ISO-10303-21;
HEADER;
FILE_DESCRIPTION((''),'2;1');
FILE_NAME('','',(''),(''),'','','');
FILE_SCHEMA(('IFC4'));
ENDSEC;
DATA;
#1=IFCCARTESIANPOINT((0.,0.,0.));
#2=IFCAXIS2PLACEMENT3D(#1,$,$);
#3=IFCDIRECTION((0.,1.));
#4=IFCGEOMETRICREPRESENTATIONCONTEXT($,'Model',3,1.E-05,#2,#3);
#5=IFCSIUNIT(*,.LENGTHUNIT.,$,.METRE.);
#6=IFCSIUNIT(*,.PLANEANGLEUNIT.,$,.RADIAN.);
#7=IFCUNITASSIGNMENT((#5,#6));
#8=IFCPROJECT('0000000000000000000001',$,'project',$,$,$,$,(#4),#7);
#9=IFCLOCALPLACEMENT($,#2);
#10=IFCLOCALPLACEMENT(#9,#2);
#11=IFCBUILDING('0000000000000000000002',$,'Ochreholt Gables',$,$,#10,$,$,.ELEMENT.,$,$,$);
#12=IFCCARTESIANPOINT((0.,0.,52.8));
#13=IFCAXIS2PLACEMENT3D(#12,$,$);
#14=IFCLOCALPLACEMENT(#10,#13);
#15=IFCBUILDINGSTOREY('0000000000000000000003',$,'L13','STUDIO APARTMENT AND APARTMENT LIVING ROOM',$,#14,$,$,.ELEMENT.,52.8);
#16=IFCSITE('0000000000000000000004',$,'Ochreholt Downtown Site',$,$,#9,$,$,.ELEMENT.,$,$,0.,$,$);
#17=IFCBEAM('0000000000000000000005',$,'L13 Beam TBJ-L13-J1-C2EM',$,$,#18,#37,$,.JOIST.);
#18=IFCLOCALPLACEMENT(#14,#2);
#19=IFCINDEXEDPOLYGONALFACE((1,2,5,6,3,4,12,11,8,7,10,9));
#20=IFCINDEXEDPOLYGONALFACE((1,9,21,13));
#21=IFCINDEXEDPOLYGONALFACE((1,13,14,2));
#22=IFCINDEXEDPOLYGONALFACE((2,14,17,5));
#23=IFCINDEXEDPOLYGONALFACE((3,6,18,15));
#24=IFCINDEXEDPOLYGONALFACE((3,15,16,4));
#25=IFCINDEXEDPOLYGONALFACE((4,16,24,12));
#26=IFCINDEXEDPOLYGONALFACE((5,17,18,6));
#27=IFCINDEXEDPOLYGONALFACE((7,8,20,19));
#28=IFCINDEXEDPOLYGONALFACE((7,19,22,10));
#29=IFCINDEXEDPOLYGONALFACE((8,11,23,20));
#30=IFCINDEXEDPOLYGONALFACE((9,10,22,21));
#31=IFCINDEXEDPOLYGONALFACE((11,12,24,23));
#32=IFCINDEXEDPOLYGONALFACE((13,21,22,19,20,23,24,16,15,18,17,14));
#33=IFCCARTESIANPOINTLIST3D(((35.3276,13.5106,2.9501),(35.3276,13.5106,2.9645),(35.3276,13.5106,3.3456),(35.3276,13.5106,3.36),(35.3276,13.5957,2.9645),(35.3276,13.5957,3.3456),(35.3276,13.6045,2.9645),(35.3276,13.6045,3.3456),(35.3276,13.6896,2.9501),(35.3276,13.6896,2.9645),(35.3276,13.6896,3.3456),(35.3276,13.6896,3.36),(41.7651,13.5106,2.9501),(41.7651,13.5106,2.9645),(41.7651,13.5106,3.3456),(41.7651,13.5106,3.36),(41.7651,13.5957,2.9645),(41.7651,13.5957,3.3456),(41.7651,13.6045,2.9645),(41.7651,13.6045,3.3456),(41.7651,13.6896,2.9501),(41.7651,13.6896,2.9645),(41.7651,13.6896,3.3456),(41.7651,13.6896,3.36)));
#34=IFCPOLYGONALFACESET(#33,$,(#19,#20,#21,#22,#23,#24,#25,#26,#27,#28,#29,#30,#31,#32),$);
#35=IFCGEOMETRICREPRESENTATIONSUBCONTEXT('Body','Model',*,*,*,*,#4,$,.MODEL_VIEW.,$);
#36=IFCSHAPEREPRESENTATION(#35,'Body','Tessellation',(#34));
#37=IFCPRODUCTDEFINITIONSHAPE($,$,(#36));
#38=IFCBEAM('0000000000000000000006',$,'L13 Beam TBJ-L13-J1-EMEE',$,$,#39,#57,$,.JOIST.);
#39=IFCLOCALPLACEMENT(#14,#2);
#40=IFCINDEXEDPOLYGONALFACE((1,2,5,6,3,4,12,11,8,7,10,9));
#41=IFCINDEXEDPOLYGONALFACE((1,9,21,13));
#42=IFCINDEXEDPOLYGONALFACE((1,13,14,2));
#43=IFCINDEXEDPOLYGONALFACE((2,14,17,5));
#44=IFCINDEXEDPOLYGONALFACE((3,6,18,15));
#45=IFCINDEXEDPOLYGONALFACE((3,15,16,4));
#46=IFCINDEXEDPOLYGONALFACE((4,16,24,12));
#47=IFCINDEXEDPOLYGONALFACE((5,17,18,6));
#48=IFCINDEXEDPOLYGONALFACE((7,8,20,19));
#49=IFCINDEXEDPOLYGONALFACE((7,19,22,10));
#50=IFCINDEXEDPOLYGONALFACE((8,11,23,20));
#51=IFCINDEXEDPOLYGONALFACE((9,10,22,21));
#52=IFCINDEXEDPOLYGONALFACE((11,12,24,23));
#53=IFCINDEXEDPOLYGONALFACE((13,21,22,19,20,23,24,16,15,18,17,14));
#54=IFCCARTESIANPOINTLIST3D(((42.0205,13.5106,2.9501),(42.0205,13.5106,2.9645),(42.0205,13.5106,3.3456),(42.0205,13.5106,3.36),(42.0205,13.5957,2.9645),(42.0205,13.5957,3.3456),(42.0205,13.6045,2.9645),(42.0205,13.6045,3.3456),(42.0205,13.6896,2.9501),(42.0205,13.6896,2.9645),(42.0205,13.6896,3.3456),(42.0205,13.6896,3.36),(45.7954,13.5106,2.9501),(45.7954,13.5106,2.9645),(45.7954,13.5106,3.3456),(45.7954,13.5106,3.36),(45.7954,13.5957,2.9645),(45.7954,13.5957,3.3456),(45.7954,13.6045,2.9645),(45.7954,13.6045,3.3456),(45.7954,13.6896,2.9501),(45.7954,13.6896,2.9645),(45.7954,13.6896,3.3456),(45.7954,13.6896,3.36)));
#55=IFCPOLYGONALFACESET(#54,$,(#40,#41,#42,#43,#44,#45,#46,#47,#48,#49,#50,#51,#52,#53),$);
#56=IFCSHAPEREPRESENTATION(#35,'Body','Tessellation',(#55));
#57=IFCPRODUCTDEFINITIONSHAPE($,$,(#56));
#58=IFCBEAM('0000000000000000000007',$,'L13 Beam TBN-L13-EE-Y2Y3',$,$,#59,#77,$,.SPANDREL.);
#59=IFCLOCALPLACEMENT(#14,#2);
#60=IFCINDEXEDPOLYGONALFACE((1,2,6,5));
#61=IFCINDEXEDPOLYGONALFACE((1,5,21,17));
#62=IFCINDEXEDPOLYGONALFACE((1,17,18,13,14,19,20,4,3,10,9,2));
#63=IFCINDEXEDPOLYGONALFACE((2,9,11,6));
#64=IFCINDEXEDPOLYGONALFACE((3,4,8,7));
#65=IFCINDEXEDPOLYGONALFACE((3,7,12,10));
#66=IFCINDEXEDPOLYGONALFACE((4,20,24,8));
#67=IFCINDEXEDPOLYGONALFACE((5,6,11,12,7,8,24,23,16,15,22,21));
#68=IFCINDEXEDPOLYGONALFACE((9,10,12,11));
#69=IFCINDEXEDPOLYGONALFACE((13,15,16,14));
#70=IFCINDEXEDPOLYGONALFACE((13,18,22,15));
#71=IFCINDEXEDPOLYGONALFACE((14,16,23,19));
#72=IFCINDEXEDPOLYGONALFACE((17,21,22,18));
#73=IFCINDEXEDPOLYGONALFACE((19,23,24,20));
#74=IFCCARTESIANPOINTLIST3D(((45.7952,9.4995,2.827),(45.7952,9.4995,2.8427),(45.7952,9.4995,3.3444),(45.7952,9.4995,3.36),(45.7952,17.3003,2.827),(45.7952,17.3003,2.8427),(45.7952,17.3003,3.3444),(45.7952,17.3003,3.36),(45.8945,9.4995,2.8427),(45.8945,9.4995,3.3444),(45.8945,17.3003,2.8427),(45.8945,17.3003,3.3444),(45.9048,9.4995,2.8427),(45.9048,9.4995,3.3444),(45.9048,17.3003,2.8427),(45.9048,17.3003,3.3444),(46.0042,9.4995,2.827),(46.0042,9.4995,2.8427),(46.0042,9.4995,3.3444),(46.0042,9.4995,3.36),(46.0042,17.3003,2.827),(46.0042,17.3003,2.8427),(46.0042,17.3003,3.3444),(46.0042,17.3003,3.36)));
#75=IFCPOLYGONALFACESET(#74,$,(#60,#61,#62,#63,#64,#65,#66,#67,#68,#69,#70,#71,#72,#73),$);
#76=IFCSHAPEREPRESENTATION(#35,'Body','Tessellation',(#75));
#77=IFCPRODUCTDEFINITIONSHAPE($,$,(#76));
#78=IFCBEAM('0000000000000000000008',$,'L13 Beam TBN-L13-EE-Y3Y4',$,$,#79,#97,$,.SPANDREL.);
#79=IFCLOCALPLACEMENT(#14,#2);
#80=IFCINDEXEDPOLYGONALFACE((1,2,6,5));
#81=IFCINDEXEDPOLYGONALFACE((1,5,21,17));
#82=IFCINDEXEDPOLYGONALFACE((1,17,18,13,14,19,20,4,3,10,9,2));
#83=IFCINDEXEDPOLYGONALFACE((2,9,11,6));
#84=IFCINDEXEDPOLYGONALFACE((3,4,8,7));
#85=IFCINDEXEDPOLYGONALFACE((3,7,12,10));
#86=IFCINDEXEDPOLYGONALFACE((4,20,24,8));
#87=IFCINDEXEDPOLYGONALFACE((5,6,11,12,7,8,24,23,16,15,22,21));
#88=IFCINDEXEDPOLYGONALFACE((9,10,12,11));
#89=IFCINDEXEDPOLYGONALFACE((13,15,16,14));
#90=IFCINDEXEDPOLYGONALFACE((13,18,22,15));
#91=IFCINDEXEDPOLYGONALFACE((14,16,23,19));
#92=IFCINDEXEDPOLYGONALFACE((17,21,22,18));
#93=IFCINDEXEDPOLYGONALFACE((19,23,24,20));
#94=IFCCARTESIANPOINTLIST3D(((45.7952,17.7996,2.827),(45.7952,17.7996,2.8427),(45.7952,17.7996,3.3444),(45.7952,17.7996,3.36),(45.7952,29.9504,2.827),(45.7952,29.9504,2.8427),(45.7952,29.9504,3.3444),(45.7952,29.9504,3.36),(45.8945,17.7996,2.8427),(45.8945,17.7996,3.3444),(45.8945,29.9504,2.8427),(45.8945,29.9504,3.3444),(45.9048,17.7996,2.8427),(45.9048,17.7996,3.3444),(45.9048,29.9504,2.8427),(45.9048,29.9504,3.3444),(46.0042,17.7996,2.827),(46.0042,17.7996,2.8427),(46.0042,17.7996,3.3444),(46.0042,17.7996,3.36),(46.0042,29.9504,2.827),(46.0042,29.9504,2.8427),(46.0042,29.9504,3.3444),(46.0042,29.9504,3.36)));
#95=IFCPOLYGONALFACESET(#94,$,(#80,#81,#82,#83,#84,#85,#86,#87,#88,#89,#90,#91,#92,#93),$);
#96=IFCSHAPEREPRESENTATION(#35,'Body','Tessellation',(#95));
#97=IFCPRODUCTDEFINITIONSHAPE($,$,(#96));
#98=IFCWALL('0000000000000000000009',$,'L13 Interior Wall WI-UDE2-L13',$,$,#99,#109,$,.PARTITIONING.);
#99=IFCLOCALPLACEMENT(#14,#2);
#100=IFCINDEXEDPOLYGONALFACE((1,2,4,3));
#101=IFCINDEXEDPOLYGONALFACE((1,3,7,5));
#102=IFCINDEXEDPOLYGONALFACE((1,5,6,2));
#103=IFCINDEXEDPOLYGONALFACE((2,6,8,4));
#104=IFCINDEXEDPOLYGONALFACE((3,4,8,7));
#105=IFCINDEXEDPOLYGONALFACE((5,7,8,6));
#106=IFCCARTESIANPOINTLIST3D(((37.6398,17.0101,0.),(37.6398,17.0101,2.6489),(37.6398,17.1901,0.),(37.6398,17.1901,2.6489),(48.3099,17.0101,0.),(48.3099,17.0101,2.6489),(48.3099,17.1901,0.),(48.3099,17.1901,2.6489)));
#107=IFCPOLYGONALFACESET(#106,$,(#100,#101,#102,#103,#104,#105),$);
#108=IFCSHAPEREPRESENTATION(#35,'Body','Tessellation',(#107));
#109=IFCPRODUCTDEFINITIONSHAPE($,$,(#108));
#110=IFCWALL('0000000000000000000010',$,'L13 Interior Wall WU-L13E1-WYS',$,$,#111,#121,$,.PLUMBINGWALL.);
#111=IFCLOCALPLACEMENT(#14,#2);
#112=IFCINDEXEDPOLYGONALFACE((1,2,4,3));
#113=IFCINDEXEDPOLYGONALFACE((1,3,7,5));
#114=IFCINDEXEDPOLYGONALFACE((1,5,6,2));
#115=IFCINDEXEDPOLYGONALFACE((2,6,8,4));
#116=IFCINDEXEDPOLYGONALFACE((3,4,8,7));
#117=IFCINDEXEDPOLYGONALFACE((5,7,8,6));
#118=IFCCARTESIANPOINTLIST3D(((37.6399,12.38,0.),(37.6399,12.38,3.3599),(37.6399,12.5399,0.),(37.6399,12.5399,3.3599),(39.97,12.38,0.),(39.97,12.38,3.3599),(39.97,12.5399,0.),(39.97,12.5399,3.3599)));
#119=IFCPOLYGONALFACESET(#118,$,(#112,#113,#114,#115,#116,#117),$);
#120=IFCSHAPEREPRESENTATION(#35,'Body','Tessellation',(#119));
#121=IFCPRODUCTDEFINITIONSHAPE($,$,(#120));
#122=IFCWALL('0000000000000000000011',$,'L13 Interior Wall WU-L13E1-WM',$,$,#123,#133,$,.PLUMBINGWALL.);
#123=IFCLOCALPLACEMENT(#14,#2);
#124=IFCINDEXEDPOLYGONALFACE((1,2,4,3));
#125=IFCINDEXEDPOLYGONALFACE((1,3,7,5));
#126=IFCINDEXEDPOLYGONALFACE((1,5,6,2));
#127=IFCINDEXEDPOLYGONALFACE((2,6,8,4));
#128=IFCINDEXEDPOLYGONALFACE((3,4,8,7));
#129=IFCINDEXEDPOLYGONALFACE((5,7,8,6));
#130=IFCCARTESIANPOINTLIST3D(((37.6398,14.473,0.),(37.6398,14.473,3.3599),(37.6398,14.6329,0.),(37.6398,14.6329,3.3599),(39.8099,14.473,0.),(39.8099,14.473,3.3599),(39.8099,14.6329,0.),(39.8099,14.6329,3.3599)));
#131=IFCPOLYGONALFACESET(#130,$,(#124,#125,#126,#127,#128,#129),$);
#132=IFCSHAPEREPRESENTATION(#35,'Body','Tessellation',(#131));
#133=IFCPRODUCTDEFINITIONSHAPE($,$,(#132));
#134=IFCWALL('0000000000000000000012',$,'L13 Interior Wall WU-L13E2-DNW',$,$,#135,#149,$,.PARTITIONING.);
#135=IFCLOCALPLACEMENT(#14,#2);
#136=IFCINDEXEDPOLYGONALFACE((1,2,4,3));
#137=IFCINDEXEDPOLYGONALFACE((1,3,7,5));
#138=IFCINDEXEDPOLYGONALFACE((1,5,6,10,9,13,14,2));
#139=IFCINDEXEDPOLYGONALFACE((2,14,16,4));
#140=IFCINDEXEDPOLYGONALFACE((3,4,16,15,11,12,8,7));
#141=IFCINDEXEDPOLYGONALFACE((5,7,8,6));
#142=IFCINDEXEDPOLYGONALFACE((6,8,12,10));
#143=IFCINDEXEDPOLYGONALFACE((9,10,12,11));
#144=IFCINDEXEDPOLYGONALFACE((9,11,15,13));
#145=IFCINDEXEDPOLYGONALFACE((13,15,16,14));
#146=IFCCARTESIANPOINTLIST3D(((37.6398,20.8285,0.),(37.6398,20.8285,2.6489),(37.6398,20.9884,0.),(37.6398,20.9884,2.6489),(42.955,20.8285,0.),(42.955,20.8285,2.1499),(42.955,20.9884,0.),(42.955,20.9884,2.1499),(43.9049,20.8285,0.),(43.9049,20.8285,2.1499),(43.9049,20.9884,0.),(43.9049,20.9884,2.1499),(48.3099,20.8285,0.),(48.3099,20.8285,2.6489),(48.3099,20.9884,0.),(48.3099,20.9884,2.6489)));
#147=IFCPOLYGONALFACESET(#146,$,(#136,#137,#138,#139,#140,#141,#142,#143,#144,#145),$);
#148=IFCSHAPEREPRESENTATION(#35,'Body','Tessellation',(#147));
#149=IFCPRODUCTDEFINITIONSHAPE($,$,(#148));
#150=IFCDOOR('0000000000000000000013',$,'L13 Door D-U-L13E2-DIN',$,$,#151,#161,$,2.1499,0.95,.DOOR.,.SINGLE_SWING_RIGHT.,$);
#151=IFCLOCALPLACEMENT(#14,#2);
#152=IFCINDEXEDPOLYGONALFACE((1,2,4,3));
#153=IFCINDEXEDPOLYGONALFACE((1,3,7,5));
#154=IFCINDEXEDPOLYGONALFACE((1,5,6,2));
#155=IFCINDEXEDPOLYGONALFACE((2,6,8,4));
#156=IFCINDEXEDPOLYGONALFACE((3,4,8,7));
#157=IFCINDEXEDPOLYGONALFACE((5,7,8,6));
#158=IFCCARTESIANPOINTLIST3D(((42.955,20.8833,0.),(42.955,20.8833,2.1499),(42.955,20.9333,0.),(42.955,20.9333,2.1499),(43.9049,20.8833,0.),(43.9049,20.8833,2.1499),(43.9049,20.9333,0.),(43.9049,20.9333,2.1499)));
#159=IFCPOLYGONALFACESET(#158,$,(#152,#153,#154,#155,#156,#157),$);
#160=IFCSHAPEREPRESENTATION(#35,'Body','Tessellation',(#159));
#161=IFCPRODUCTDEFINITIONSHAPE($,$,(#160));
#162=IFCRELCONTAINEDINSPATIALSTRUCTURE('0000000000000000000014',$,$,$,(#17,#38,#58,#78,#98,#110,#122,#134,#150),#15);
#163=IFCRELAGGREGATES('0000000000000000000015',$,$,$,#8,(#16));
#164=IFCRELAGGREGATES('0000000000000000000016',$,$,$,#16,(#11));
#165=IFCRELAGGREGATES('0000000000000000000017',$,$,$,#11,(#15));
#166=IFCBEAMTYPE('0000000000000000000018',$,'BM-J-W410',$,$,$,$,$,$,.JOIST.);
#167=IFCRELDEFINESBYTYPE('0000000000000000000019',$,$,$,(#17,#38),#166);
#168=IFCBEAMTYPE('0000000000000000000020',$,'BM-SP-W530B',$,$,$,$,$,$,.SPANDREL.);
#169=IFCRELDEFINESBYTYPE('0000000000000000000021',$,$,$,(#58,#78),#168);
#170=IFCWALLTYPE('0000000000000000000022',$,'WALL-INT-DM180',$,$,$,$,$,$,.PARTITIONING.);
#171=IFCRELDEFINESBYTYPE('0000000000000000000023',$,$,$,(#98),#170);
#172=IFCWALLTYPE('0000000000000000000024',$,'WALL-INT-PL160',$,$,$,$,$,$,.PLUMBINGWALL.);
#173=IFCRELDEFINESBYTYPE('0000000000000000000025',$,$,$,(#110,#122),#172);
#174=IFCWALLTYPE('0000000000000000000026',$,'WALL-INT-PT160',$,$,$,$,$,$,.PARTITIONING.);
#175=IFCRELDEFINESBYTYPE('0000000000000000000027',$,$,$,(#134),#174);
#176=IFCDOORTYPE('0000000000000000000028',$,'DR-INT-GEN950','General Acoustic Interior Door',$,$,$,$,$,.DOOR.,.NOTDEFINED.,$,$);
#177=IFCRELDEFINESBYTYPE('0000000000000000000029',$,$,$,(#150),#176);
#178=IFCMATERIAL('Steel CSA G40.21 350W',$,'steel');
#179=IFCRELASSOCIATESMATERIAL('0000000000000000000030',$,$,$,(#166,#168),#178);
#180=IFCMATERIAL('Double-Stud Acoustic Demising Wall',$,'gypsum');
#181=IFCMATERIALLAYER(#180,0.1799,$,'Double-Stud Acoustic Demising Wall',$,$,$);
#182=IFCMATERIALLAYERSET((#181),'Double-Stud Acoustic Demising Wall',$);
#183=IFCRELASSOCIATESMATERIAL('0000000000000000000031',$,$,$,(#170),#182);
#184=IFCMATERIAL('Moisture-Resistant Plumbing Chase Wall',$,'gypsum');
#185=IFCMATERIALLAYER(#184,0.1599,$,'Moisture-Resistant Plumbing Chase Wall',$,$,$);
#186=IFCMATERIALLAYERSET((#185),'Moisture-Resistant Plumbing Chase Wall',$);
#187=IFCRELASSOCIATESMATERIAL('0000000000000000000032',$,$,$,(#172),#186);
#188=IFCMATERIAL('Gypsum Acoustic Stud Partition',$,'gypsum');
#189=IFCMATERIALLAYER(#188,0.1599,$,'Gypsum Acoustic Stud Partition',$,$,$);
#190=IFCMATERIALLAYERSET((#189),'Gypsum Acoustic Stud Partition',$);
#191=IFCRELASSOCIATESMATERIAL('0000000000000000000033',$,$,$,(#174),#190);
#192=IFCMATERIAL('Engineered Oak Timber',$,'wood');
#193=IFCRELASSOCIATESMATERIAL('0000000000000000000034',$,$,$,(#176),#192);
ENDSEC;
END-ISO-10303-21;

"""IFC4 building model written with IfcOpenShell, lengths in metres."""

from ifc_helpers import new_model, si_unit, direction, frame, frame_2d, origin, origin_2d, place, context, subcontext, project, spatial, rectangle, i_section, extrude, material, layer, layer_set, material_profile, profile_set, type_object, element, fill, save


model = new_model("IFC4")

# Units and contexts
model_context = context("Model", 3, precision=1e-05, world=origin(), true_north=direction((0.0, 1.0)))
body_context = subcontext(model_context, "Body", "Model", "MODEL_VIEW")
ifc_project = project(units=[si_unit("LENGTHUNIT", "METRE"), si_unit("PLANEANGLEUNIT", "RADIAN")], contexts=[model_context])

# Site, building, storey
site_placement = place(None, origin())
site = spatial("IfcSite", under=ifc_project, at=site_placement, Name="Ochreholt Downtown Site", CompositionType="ELEMENT", RefElevation=0.0)
building_placement = place(site_placement, origin())
building = spatial("IfcBuilding", under=site, at=building_placement, Name="Ochreholt Gables", CompositionType="ELEMENT")
storey_placement = place(building_placement, frame((0.0, 0.0, 52.8)))
storey = spatial("IfcBuildingStorey", under=building, at=storey_placement, Name="L13", Description="STUDIO APARTMENT AND APARTMENT LIVING ROOM", CompositionType="ELEMENT", Elevation=52.8)

# Shared definitions
ifc_material_1 = material(Name="Steel CSA G40.21 350W", Category="steel")

# Beams
ifc_material_profile_1 = material_profile(ifc_material_1, i_section(OverallWidth=0.179, OverallDepth=0.4099, WebThickness=0.0088, FlangeThickness=0.0144, at=origin_2d()), Name="W410X67")
ifc_profile_set_1 = profile_set([ifc_material_profile_1], Name="Steel CSA G40.21 350W")
beam_type_1 = type_object("IfcBeamType", Name="BM-J-W410", PredefinedType="JOIST", material=ifc_profile_set_1)
beam_1_placement = place(storey_placement, frame((35.3276, 13.6001, 3.155), z_axis=(1.0, 0.0, 0.0), x_axis=(0.0, 1.0, 0.0)))
element("IfcBeam", 1, at=beam_1_placement, inside=storey, type_object=beam_type_1, Name="L13 Beam TBJ-L13-J1-C2EM", PredefinedType="JOIST", context=body_context, shape_type="SweptSolid", body=[
    extrude(i_section(OverallWidth=0.179, OverallDepth=0.4099, WebThickness=0.0088, FlangeThickness=0.0144, at=origin_2d()), origin(), (0.0, 0.0, 1.0), 6.4375),
])
beam_2_placement = place(storey_placement, frame((42.0205, 13.6001, 3.155), z_axis=(1.0, 0.0, 0.0), x_axis=(0.0, 1.0, 0.0)))
element("IfcBeam", 2, at=beam_2_placement, inside=storey, type_object=beam_type_1, Name="L13 Beam TBJ-L13-J1-EMEE", PredefinedType="JOIST", context=body_context, shape_type="SweptSolid", body=[
    extrude(i_section(OverallWidth=0.179, OverallDepth=0.4099, WebThickness=0.0088, FlangeThickness=0.0144, at=origin_2d()), origin(), (0.0, 0.0, 1.0), 3.7749),
])
ifc_material_profile_2 = material_profile(ifc_material_1, i_section(OverallWidth=0.209, OverallDepth=0.533, WebThickness=0.0103, FlangeThickness=0.0156, at=origin_2d()), Name="W530X92")
ifc_profile_set_2 = profile_set([ifc_material_profile_2], Name="Steel CSA G40.21 350W")
beam_type_2 = type_object("IfcBeamType", Name="BM-SP-W530B", PredefinedType="SPANDREL", material=ifc_profile_set_2)
beam_3_placement = place(storey_placement, frame((45.8997, 9.4995, 3.0935), z_axis=(0.0, 1.0, 0.0), x_axis=(-1.0, 0.0, 0.0)))
element("IfcBeam", 3, at=beam_3_placement, inside=storey, type_object=beam_type_2, Name="L13 Beam TBN-L13-EE-Y2Y3", PredefinedType="SPANDREL", context=body_context, shape_type="SweptSolid", body=[
    extrude(i_section(OverallWidth=0.209, OverallDepth=0.533, WebThickness=0.0103, FlangeThickness=0.0156, at=origin_2d()), origin(), (0.0, 0.0, 1.0), 7.8008),
])
beam_4_placement = place(storey_placement, frame((45.8997, 17.7996, 3.0935), z_axis=(0.0, 1.0, 0.0), x_axis=(-1.0, 0.0, 0.0)))
element("IfcBeam", 4, at=beam_4_placement, inside=storey, type_object=beam_type_2, Name="L13 Beam TBN-L13-EE-Y3Y4", PredefinedType="SPANDREL", context=body_context, shape_type="SweptSolid", body=[
    extrude(i_section(OverallWidth=0.209, OverallDepth=0.533, WebThickness=0.0103, FlangeThickness=0.0156, at=origin_2d()), origin(), (0.0, 0.0, 1.0), 12.1509),
])

# Walls
ifc_material_2 = material(Name="Double-Stud Acoustic Demising Wall", Category="gypsum")
ifc_layer_1 = layer(ifc_material_2, 0.1799, Name="Double-Stud Acoustic Demising Wall")
ifc_layer_set_1 = layer_set([ifc_layer_1], Name="Double-Stud Acoustic Demising Wall")
wall_type_1 = type_object("IfcWallType", Name="WALL-INT-DM180", PredefinedType="PARTITIONING", material=ifc_layer_set_1)
wall_1_placement = place(storey_placement, frame((37.6399, 17.1001, 0.0), z_axis=(0.0, 0.0, 1.0), x_axis=(1.0, 0.0, 0.0)))
element("IfcWall", 5, at=wall_1_placement, inside=storey, type_object=wall_type_1, Name="L13 Interior Wall WI-UDE2-L13", PredefinedType="PARTITIONING", context=body_context, shape_type="SweptSolid", body=[
    extrude(rectangle(XDim=10.6702, YDim=0.1799, at=frame_2d((5.335, 0.0))), origin(), (0.0, 0.0, 1.0), 2.6489),
])
ifc_material_3 = material(Name="Moisture-Resistant Plumbing Chase Wall", Category="gypsum")
ifc_layer_2 = layer(ifc_material_3, 0.1599, Name="Moisture-Resistant Plumbing Chase Wall")
ifc_layer_set_2 = layer_set([ifc_layer_2], Name="Moisture-Resistant Plumbing Chase Wall")
wall_type_2 = type_object("IfcWallType", Name="WALL-INT-PL160", PredefinedType="PLUMBINGWALL", material=ifc_layer_set_2)
wall_2_placement = place(storey_placement, frame((37.6399, 12.46, 0.0), z_axis=(0.0, 0.0, 1.0), x_axis=(1.0, 0.0, 0.0)))
element("IfcWall", 6, at=wall_2_placement, inside=storey, type_object=wall_type_2, Name="L13 Interior Wall WU-L13E1-WYS", PredefinedType="PLUMBINGWALL", context=body_context, shape_type="SweptSolid", body=[
    extrude(rectangle(XDim=2.3301, YDim=0.1599, at=frame_2d((1.165, 0.0))), origin(), (0.0, 0.0, 1.0), 3.3599),
])

# Shared definitions
ifc_material_4 = material(Name="Engineered Oak Timber", Category="wood")

# Wall
wall_3_placement = place(storey_placement, frame((37.6399, 14.553, 0.0), z_axis=(0.0, 0.0, 1.0), x_axis=(1.0, 0.0, 0.0)))
element("IfcWall", 7, at=wall_3_placement, inside=storey, type_object=wall_type_2, Name="L13 Interior Wall WU-L13E1-WM", PredefinedType="PLUMBINGWALL", context=body_context, shape_type="SweptSolid", body=[
    extrude(rectangle(XDim=2.1702, YDim=0.1599, at=frame_2d((1.085, 0.0))), origin(), (0.0, 0.0, 1.0), 3.3599),
])

# Wall, opening, door
ifc_material_5 = material(Name="Gypsum Acoustic Stud Partition", Category="gypsum")
ifc_layer_3 = layer(ifc_material_5, 0.1599, Name="Gypsum Acoustic Stud Partition")
ifc_layer_set_3 = layer_set([ifc_layer_3], Name="Gypsum Acoustic Stud Partition")
wall_type_3 = type_object("IfcWallType", Name="WALL-INT-PT160", PredefinedType="PARTITIONING", material=ifc_layer_set_3)
wall_4_placement = place(storey_placement, frame((37.6399, 20.9084, 0.0), z_axis=(0.0, 0.0, 1.0), x_axis=(1.0, 0.0, 0.0)))
wall_4 = element("IfcWall", 8, at=wall_4_placement, inside=storey, type_object=wall_type_3, Name="L13 Interior Wall WU-L13E2-DNW", PredefinedType="PARTITIONING", context=body_context, shape_type="SweptSolid", body=[
    extrude(rectangle(XDim=10.6702, YDim=0.1599, at=frame_2d((5.335, 0.0))), origin(), (0.0, 0.0, 1.0), 2.6489),
])
opening_1_placement = place(wall_4_placement, frame((5.3149, 0.0, 0.0)))
opening_1 = element("IfcOpeningElement", 9, at=opening_1_placement, cuts=wall_4, PredefinedType="OPENING", context=body_context, shape_type="SweptSolid", body=[
    extrude(rectangle(XDim=0.95, YDim=2.1499, at=frame_2d((0.4751, 1.075))), frame((0.0, 0.0898, 0.0), z_axis=(0.0, -1.0, 0.0), x_axis=(1.0, 0.0, 0.0)), (0.0, 0.0, 1.0), 0.1799),
])
door_type_1 = type_object("IfcDoorType", Name="DR-INT-GEN950", Description="General Acoustic Interior Door", OperationType="NOTDEFINED", PredefinedType="DOOR", material=ifc_material_4)
door_1_placement = place(opening_1_placement, origin())
door_1 = element("IfcDoor", 10, at=door_1_placement, inside=storey, type_object=door_type_1, Name="L13 Door D-U-L13E2-DIN", OperationType="SINGLE_SWING_RIGHT", OverallHeight=2.1499, OverallWidth=0.95, PredefinedType="DOOR", context=body_context, shape_type="SweptSolid", body=[
    extrude(rectangle(XDim=0.95, YDim=2.1499, at=frame_2d((0.4751, 1.075))), frame((0.0, 0.0249, 0.0), z_axis=(0.0, -1.0, 0.0), x_axis=(1.0, 0.0, 0.0)), (0.0, 0.0, 1.0), 0.05),
])
fill(opening_1, door_1)

save(model, "model.ifc")
